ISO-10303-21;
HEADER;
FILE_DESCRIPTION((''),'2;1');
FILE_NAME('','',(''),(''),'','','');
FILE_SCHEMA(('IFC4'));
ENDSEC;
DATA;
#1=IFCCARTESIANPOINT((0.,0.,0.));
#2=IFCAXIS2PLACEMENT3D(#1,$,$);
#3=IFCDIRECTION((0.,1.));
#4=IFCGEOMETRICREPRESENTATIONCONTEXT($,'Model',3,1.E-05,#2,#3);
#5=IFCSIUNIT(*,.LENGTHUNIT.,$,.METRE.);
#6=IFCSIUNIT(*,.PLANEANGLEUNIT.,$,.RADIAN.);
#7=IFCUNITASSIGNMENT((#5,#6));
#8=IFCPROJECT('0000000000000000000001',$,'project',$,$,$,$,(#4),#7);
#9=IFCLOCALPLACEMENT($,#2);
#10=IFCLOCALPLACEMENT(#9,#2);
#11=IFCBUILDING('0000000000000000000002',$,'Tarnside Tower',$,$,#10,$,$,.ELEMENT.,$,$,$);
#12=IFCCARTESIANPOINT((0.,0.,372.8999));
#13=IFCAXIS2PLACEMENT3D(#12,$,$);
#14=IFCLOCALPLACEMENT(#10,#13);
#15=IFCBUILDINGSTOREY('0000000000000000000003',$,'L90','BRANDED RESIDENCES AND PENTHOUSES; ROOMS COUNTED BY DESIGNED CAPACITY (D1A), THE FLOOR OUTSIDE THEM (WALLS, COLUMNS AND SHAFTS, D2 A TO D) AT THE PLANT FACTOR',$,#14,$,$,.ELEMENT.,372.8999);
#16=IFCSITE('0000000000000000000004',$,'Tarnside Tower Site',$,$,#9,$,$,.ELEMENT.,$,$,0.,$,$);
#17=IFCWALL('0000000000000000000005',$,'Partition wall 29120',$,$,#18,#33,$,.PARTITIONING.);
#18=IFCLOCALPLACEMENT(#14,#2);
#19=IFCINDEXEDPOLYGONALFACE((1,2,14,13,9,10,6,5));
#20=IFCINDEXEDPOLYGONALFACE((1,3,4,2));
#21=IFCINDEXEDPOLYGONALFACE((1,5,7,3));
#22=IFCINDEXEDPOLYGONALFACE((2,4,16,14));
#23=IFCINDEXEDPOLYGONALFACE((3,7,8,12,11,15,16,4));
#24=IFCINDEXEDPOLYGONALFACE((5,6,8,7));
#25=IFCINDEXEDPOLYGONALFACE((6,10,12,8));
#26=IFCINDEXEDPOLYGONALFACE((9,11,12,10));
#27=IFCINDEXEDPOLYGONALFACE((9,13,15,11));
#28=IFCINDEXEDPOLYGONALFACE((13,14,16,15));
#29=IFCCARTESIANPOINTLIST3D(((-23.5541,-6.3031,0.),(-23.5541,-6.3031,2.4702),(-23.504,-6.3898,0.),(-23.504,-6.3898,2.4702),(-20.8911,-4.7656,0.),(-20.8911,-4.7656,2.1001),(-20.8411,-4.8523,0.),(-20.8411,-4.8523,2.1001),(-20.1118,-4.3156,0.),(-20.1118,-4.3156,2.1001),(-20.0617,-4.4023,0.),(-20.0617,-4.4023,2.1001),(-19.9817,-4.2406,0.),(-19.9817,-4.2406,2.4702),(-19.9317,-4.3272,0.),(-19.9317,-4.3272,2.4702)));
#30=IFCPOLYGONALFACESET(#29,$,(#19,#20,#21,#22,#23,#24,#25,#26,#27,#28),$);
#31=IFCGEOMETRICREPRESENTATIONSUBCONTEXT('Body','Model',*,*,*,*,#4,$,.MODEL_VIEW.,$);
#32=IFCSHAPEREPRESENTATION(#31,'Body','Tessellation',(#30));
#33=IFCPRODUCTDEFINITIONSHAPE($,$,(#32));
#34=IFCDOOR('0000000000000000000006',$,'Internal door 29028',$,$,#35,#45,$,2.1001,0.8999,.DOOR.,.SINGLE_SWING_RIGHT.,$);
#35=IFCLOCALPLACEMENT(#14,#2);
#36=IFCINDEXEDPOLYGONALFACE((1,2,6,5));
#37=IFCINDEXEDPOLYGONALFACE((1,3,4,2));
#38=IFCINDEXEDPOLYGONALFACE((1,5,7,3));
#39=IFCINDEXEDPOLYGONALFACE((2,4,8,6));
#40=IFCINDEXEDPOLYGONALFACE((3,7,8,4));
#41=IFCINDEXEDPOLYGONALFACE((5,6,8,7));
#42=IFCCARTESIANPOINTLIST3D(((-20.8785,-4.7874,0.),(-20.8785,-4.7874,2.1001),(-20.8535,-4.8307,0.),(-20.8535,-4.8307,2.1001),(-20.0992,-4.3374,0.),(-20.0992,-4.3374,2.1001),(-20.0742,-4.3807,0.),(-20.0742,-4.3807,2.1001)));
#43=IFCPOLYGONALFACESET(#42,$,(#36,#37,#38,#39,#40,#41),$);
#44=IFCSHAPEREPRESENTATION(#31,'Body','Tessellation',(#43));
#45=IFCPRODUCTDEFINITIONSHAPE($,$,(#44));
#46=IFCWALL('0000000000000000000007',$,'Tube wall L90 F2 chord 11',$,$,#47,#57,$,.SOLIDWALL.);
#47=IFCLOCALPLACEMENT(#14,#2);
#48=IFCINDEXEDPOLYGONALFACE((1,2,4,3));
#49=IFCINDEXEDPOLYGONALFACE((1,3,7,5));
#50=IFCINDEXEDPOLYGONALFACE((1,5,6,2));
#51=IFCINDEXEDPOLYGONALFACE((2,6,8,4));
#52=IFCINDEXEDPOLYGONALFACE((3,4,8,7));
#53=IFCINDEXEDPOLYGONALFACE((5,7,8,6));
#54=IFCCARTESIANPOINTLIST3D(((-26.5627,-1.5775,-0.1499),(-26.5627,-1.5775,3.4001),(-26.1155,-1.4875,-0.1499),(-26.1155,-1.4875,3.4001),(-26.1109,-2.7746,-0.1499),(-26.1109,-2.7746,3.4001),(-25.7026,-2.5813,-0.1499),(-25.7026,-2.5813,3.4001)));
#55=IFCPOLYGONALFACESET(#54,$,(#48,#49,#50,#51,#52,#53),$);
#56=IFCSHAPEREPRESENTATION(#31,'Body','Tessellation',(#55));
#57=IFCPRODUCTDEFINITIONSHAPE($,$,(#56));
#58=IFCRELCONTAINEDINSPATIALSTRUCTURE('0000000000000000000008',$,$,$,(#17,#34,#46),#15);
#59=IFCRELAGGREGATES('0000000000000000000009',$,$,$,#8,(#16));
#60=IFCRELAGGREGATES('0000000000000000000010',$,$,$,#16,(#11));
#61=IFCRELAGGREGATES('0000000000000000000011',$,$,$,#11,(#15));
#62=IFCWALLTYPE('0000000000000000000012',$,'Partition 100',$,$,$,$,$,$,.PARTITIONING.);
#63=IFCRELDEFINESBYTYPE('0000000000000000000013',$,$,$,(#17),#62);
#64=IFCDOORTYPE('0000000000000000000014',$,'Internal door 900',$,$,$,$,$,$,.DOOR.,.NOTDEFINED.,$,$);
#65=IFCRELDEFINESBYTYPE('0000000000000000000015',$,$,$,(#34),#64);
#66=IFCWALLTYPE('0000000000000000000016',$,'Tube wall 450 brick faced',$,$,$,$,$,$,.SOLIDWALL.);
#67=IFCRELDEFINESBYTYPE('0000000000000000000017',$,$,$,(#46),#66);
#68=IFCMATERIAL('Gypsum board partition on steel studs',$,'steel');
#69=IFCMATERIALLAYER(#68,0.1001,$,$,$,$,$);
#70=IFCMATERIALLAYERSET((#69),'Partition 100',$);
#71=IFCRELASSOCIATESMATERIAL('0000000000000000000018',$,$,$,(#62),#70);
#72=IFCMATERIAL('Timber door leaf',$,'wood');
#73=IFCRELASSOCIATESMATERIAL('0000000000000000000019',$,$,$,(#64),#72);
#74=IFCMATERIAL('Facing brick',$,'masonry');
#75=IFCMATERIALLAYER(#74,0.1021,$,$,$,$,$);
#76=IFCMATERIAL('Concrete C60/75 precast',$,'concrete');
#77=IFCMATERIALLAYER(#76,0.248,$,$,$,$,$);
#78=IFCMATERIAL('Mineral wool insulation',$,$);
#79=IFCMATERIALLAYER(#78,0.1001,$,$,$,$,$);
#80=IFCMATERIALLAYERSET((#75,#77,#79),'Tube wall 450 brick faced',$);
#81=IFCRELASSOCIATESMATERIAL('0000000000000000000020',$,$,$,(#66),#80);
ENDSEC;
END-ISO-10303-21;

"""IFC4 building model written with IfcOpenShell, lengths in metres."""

from ifc_helpers import new_model, si_unit, direction, frame, frame_2d, origin, place, context, subcontext, project, spatial, polyline, rectangle, outline, extrude, material, layer, layer_set, type_object, element, fill, save


model = new_model("IFC4")

# Units and contexts
model_context = context("Model", 3, precision=1e-05, world=origin(), true_north=direction((0.0, 1.0)))
body_context = subcontext(model_context, "Body", "Model", "MODEL_VIEW")
ifc_project = project(units=[si_unit("LENGTHUNIT", "METRE"), si_unit("PLANEANGLEUNIT", "RADIAN")], contexts=[model_context])

# Site, building, storey
site_placement = place(None, origin())
site = spatial("IfcSite", under=ifc_project, at=site_placement, Name="Tarnside Tower Site", CompositionType="ELEMENT", RefElevation=0.0)
building_placement = place(site_placement, origin())
building = spatial("IfcBuilding", under=site, at=building_placement, Name="Tarnside Tower", CompositionType="ELEMENT")
storey_placement = place(building_placement, frame((0.0, 0.0, 372.8999)))
storey = spatial("IfcBuildingStorey", under=building, at=storey_placement, Name="L90", Description="BRANDED RESIDENCES AND PENTHOUSES; ROOMS COUNTED BY DESIGNED CAPACITY (D1A), THE FLOOR OUTSIDE THEM (WALLS, COLUMNS AND SHAFTS, D2 A TO D) AT THE PLANT FACTOR", CompositionType="ELEMENT", Elevation=372.8999)

# Shared definitions
ifc_material_1 = material(Name="Gypsum board partition on steel studs", Category="steel")
ifc_material_2 = material(Name="Timber door leaf", Category="wood")

# Shared definitions
ifc_layer_1 = layer(ifc_material_1, 0.1001)
ifc_layer_set_1 = layer_set([ifc_layer_1], Name="Partition 100")
wall_type_1 = type_object("IfcWallType", Name="Partition 100", PredefinedType="PARTITIONING", material=ifc_layer_set_1)
door_type_1 = type_object("IfcDoorType", Name="Internal door 900", OperationType="NOTDEFINED", PredefinedType="DOOR", material=ifc_material_2)

# Wall, opening, door
wall_1_placement = place(storey_placement, frame((-23.5291, -6.3464, 0.0), z_axis=(0.0, 0.0, 1.0), x_axis=(0.86602, 0.500009, 0.0)))
wall_1 = element("IfcWall", 1, at=wall_1_placement, inside=storey, type_object=wall_type_1, Name="Partition wall 29120", PredefinedType="PARTITIONING", context=body_context, shape_type="SweptSolid", body=[
    extrude(rectangle(XDim=4.125, YDim=0.1001, at=frame_2d((2.0625, 0.0))), origin(), (0.0, 0.0, 1.0), 2.4702),
])
opening_1_placement = place(wall_1_placement, frame((3.075, 0.0, 0.0)))
opening_1 = element("IfcOpeningElement", 2, at=opening_1_placement, cuts=wall_1, PredefinedType="OPENING", context=body_context, shape_type="SweptSolid", body=[
    extrude(rectangle(XDim=0.8999, YDim=2.1001, at=frame_2d((0.45, 1.05))), frame((0.0, 0.0601, 0.0), z_axis=(0.0, -1.0, 0.0), x_axis=(1.0, 0.0, 0.0)), (0.0, 0.0, 1.0), 0.1201),
])
door_1_placement = place(opening_1_placement, origin())
door_1 = element("IfcDoor", 3, at=door_1_placement, inside=storey, type_object=door_type_1, Name="Internal door 29028", OperationType="SINGLE_SWING_RIGHT", OverallHeight=2.1001, OverallWidth=0.8999, PredefinedType="DOOR", context=body_context, shape_type="SweptSolid", body=[
    extrude(rectangle(XDim=0.8999, YDim=2.1001, at=frame_2d((0.45, 1.05))), frame((0.0, 0.0249, 0.0), z_axis=(0.0, -1.0, 0.0), x_axis=(1.0, 0.0, 0.0)), (0.0, 0.0, 1.0), 0.05),
])
fill(opening_1, door_1)

# Wall
ifc_material_3 = material(Name="Facing brick", Category="masonry")
ifc_layer_2 = layer(ifc_material_3, 0.1021)
ifc_material_4 = material(Name="Concrete C60/75 precast", Category="concrete")
ifc_layer_3 = layer(ifc_material_4, 0.248)
ifc_material_5 = material(Name="Mineral wool insulation")
ifc_layer_4 = layer(ifc_material_5, 0.1001)
ifc_layer_set_2 = layer_set([ifc_layer_2, ifc_layer_3, ifc_layer_4], Name="Tube wall 450 brick faced")
wall_type_2 = type_object("IfcWallType", Name="Tube wall 450 brick faced", PredefinedType="SOLIDWALL", material=ifc_layer_set_2)
wall_2_placement = place(storey_placement, frame((-26.3391, -1.5325, -0.1499), z_axis=(0.0, 0.0, 1.0), x_axis=(0.353133, -0.935573, 0.0)))
element("IfcWall", 4, at=wall_2_placement, inside=storey, type_object=wall_type_2, Name="Tube wall L90 F2 chord 11", PredefinedType="SOLIDWALL", context=body_context, shape_type="SweptSolid", body=[
    extrude(outline(polyline([(-0.0369, -0.2251), (1.2427, -0.2251), (1.2061, 0.2251), (0.0369, 0.2251), (-0.0369, -0.2251)])), origin(), (0.0, 0.0, 1.0), 3.55),
])

save(model, "model.ifc")
